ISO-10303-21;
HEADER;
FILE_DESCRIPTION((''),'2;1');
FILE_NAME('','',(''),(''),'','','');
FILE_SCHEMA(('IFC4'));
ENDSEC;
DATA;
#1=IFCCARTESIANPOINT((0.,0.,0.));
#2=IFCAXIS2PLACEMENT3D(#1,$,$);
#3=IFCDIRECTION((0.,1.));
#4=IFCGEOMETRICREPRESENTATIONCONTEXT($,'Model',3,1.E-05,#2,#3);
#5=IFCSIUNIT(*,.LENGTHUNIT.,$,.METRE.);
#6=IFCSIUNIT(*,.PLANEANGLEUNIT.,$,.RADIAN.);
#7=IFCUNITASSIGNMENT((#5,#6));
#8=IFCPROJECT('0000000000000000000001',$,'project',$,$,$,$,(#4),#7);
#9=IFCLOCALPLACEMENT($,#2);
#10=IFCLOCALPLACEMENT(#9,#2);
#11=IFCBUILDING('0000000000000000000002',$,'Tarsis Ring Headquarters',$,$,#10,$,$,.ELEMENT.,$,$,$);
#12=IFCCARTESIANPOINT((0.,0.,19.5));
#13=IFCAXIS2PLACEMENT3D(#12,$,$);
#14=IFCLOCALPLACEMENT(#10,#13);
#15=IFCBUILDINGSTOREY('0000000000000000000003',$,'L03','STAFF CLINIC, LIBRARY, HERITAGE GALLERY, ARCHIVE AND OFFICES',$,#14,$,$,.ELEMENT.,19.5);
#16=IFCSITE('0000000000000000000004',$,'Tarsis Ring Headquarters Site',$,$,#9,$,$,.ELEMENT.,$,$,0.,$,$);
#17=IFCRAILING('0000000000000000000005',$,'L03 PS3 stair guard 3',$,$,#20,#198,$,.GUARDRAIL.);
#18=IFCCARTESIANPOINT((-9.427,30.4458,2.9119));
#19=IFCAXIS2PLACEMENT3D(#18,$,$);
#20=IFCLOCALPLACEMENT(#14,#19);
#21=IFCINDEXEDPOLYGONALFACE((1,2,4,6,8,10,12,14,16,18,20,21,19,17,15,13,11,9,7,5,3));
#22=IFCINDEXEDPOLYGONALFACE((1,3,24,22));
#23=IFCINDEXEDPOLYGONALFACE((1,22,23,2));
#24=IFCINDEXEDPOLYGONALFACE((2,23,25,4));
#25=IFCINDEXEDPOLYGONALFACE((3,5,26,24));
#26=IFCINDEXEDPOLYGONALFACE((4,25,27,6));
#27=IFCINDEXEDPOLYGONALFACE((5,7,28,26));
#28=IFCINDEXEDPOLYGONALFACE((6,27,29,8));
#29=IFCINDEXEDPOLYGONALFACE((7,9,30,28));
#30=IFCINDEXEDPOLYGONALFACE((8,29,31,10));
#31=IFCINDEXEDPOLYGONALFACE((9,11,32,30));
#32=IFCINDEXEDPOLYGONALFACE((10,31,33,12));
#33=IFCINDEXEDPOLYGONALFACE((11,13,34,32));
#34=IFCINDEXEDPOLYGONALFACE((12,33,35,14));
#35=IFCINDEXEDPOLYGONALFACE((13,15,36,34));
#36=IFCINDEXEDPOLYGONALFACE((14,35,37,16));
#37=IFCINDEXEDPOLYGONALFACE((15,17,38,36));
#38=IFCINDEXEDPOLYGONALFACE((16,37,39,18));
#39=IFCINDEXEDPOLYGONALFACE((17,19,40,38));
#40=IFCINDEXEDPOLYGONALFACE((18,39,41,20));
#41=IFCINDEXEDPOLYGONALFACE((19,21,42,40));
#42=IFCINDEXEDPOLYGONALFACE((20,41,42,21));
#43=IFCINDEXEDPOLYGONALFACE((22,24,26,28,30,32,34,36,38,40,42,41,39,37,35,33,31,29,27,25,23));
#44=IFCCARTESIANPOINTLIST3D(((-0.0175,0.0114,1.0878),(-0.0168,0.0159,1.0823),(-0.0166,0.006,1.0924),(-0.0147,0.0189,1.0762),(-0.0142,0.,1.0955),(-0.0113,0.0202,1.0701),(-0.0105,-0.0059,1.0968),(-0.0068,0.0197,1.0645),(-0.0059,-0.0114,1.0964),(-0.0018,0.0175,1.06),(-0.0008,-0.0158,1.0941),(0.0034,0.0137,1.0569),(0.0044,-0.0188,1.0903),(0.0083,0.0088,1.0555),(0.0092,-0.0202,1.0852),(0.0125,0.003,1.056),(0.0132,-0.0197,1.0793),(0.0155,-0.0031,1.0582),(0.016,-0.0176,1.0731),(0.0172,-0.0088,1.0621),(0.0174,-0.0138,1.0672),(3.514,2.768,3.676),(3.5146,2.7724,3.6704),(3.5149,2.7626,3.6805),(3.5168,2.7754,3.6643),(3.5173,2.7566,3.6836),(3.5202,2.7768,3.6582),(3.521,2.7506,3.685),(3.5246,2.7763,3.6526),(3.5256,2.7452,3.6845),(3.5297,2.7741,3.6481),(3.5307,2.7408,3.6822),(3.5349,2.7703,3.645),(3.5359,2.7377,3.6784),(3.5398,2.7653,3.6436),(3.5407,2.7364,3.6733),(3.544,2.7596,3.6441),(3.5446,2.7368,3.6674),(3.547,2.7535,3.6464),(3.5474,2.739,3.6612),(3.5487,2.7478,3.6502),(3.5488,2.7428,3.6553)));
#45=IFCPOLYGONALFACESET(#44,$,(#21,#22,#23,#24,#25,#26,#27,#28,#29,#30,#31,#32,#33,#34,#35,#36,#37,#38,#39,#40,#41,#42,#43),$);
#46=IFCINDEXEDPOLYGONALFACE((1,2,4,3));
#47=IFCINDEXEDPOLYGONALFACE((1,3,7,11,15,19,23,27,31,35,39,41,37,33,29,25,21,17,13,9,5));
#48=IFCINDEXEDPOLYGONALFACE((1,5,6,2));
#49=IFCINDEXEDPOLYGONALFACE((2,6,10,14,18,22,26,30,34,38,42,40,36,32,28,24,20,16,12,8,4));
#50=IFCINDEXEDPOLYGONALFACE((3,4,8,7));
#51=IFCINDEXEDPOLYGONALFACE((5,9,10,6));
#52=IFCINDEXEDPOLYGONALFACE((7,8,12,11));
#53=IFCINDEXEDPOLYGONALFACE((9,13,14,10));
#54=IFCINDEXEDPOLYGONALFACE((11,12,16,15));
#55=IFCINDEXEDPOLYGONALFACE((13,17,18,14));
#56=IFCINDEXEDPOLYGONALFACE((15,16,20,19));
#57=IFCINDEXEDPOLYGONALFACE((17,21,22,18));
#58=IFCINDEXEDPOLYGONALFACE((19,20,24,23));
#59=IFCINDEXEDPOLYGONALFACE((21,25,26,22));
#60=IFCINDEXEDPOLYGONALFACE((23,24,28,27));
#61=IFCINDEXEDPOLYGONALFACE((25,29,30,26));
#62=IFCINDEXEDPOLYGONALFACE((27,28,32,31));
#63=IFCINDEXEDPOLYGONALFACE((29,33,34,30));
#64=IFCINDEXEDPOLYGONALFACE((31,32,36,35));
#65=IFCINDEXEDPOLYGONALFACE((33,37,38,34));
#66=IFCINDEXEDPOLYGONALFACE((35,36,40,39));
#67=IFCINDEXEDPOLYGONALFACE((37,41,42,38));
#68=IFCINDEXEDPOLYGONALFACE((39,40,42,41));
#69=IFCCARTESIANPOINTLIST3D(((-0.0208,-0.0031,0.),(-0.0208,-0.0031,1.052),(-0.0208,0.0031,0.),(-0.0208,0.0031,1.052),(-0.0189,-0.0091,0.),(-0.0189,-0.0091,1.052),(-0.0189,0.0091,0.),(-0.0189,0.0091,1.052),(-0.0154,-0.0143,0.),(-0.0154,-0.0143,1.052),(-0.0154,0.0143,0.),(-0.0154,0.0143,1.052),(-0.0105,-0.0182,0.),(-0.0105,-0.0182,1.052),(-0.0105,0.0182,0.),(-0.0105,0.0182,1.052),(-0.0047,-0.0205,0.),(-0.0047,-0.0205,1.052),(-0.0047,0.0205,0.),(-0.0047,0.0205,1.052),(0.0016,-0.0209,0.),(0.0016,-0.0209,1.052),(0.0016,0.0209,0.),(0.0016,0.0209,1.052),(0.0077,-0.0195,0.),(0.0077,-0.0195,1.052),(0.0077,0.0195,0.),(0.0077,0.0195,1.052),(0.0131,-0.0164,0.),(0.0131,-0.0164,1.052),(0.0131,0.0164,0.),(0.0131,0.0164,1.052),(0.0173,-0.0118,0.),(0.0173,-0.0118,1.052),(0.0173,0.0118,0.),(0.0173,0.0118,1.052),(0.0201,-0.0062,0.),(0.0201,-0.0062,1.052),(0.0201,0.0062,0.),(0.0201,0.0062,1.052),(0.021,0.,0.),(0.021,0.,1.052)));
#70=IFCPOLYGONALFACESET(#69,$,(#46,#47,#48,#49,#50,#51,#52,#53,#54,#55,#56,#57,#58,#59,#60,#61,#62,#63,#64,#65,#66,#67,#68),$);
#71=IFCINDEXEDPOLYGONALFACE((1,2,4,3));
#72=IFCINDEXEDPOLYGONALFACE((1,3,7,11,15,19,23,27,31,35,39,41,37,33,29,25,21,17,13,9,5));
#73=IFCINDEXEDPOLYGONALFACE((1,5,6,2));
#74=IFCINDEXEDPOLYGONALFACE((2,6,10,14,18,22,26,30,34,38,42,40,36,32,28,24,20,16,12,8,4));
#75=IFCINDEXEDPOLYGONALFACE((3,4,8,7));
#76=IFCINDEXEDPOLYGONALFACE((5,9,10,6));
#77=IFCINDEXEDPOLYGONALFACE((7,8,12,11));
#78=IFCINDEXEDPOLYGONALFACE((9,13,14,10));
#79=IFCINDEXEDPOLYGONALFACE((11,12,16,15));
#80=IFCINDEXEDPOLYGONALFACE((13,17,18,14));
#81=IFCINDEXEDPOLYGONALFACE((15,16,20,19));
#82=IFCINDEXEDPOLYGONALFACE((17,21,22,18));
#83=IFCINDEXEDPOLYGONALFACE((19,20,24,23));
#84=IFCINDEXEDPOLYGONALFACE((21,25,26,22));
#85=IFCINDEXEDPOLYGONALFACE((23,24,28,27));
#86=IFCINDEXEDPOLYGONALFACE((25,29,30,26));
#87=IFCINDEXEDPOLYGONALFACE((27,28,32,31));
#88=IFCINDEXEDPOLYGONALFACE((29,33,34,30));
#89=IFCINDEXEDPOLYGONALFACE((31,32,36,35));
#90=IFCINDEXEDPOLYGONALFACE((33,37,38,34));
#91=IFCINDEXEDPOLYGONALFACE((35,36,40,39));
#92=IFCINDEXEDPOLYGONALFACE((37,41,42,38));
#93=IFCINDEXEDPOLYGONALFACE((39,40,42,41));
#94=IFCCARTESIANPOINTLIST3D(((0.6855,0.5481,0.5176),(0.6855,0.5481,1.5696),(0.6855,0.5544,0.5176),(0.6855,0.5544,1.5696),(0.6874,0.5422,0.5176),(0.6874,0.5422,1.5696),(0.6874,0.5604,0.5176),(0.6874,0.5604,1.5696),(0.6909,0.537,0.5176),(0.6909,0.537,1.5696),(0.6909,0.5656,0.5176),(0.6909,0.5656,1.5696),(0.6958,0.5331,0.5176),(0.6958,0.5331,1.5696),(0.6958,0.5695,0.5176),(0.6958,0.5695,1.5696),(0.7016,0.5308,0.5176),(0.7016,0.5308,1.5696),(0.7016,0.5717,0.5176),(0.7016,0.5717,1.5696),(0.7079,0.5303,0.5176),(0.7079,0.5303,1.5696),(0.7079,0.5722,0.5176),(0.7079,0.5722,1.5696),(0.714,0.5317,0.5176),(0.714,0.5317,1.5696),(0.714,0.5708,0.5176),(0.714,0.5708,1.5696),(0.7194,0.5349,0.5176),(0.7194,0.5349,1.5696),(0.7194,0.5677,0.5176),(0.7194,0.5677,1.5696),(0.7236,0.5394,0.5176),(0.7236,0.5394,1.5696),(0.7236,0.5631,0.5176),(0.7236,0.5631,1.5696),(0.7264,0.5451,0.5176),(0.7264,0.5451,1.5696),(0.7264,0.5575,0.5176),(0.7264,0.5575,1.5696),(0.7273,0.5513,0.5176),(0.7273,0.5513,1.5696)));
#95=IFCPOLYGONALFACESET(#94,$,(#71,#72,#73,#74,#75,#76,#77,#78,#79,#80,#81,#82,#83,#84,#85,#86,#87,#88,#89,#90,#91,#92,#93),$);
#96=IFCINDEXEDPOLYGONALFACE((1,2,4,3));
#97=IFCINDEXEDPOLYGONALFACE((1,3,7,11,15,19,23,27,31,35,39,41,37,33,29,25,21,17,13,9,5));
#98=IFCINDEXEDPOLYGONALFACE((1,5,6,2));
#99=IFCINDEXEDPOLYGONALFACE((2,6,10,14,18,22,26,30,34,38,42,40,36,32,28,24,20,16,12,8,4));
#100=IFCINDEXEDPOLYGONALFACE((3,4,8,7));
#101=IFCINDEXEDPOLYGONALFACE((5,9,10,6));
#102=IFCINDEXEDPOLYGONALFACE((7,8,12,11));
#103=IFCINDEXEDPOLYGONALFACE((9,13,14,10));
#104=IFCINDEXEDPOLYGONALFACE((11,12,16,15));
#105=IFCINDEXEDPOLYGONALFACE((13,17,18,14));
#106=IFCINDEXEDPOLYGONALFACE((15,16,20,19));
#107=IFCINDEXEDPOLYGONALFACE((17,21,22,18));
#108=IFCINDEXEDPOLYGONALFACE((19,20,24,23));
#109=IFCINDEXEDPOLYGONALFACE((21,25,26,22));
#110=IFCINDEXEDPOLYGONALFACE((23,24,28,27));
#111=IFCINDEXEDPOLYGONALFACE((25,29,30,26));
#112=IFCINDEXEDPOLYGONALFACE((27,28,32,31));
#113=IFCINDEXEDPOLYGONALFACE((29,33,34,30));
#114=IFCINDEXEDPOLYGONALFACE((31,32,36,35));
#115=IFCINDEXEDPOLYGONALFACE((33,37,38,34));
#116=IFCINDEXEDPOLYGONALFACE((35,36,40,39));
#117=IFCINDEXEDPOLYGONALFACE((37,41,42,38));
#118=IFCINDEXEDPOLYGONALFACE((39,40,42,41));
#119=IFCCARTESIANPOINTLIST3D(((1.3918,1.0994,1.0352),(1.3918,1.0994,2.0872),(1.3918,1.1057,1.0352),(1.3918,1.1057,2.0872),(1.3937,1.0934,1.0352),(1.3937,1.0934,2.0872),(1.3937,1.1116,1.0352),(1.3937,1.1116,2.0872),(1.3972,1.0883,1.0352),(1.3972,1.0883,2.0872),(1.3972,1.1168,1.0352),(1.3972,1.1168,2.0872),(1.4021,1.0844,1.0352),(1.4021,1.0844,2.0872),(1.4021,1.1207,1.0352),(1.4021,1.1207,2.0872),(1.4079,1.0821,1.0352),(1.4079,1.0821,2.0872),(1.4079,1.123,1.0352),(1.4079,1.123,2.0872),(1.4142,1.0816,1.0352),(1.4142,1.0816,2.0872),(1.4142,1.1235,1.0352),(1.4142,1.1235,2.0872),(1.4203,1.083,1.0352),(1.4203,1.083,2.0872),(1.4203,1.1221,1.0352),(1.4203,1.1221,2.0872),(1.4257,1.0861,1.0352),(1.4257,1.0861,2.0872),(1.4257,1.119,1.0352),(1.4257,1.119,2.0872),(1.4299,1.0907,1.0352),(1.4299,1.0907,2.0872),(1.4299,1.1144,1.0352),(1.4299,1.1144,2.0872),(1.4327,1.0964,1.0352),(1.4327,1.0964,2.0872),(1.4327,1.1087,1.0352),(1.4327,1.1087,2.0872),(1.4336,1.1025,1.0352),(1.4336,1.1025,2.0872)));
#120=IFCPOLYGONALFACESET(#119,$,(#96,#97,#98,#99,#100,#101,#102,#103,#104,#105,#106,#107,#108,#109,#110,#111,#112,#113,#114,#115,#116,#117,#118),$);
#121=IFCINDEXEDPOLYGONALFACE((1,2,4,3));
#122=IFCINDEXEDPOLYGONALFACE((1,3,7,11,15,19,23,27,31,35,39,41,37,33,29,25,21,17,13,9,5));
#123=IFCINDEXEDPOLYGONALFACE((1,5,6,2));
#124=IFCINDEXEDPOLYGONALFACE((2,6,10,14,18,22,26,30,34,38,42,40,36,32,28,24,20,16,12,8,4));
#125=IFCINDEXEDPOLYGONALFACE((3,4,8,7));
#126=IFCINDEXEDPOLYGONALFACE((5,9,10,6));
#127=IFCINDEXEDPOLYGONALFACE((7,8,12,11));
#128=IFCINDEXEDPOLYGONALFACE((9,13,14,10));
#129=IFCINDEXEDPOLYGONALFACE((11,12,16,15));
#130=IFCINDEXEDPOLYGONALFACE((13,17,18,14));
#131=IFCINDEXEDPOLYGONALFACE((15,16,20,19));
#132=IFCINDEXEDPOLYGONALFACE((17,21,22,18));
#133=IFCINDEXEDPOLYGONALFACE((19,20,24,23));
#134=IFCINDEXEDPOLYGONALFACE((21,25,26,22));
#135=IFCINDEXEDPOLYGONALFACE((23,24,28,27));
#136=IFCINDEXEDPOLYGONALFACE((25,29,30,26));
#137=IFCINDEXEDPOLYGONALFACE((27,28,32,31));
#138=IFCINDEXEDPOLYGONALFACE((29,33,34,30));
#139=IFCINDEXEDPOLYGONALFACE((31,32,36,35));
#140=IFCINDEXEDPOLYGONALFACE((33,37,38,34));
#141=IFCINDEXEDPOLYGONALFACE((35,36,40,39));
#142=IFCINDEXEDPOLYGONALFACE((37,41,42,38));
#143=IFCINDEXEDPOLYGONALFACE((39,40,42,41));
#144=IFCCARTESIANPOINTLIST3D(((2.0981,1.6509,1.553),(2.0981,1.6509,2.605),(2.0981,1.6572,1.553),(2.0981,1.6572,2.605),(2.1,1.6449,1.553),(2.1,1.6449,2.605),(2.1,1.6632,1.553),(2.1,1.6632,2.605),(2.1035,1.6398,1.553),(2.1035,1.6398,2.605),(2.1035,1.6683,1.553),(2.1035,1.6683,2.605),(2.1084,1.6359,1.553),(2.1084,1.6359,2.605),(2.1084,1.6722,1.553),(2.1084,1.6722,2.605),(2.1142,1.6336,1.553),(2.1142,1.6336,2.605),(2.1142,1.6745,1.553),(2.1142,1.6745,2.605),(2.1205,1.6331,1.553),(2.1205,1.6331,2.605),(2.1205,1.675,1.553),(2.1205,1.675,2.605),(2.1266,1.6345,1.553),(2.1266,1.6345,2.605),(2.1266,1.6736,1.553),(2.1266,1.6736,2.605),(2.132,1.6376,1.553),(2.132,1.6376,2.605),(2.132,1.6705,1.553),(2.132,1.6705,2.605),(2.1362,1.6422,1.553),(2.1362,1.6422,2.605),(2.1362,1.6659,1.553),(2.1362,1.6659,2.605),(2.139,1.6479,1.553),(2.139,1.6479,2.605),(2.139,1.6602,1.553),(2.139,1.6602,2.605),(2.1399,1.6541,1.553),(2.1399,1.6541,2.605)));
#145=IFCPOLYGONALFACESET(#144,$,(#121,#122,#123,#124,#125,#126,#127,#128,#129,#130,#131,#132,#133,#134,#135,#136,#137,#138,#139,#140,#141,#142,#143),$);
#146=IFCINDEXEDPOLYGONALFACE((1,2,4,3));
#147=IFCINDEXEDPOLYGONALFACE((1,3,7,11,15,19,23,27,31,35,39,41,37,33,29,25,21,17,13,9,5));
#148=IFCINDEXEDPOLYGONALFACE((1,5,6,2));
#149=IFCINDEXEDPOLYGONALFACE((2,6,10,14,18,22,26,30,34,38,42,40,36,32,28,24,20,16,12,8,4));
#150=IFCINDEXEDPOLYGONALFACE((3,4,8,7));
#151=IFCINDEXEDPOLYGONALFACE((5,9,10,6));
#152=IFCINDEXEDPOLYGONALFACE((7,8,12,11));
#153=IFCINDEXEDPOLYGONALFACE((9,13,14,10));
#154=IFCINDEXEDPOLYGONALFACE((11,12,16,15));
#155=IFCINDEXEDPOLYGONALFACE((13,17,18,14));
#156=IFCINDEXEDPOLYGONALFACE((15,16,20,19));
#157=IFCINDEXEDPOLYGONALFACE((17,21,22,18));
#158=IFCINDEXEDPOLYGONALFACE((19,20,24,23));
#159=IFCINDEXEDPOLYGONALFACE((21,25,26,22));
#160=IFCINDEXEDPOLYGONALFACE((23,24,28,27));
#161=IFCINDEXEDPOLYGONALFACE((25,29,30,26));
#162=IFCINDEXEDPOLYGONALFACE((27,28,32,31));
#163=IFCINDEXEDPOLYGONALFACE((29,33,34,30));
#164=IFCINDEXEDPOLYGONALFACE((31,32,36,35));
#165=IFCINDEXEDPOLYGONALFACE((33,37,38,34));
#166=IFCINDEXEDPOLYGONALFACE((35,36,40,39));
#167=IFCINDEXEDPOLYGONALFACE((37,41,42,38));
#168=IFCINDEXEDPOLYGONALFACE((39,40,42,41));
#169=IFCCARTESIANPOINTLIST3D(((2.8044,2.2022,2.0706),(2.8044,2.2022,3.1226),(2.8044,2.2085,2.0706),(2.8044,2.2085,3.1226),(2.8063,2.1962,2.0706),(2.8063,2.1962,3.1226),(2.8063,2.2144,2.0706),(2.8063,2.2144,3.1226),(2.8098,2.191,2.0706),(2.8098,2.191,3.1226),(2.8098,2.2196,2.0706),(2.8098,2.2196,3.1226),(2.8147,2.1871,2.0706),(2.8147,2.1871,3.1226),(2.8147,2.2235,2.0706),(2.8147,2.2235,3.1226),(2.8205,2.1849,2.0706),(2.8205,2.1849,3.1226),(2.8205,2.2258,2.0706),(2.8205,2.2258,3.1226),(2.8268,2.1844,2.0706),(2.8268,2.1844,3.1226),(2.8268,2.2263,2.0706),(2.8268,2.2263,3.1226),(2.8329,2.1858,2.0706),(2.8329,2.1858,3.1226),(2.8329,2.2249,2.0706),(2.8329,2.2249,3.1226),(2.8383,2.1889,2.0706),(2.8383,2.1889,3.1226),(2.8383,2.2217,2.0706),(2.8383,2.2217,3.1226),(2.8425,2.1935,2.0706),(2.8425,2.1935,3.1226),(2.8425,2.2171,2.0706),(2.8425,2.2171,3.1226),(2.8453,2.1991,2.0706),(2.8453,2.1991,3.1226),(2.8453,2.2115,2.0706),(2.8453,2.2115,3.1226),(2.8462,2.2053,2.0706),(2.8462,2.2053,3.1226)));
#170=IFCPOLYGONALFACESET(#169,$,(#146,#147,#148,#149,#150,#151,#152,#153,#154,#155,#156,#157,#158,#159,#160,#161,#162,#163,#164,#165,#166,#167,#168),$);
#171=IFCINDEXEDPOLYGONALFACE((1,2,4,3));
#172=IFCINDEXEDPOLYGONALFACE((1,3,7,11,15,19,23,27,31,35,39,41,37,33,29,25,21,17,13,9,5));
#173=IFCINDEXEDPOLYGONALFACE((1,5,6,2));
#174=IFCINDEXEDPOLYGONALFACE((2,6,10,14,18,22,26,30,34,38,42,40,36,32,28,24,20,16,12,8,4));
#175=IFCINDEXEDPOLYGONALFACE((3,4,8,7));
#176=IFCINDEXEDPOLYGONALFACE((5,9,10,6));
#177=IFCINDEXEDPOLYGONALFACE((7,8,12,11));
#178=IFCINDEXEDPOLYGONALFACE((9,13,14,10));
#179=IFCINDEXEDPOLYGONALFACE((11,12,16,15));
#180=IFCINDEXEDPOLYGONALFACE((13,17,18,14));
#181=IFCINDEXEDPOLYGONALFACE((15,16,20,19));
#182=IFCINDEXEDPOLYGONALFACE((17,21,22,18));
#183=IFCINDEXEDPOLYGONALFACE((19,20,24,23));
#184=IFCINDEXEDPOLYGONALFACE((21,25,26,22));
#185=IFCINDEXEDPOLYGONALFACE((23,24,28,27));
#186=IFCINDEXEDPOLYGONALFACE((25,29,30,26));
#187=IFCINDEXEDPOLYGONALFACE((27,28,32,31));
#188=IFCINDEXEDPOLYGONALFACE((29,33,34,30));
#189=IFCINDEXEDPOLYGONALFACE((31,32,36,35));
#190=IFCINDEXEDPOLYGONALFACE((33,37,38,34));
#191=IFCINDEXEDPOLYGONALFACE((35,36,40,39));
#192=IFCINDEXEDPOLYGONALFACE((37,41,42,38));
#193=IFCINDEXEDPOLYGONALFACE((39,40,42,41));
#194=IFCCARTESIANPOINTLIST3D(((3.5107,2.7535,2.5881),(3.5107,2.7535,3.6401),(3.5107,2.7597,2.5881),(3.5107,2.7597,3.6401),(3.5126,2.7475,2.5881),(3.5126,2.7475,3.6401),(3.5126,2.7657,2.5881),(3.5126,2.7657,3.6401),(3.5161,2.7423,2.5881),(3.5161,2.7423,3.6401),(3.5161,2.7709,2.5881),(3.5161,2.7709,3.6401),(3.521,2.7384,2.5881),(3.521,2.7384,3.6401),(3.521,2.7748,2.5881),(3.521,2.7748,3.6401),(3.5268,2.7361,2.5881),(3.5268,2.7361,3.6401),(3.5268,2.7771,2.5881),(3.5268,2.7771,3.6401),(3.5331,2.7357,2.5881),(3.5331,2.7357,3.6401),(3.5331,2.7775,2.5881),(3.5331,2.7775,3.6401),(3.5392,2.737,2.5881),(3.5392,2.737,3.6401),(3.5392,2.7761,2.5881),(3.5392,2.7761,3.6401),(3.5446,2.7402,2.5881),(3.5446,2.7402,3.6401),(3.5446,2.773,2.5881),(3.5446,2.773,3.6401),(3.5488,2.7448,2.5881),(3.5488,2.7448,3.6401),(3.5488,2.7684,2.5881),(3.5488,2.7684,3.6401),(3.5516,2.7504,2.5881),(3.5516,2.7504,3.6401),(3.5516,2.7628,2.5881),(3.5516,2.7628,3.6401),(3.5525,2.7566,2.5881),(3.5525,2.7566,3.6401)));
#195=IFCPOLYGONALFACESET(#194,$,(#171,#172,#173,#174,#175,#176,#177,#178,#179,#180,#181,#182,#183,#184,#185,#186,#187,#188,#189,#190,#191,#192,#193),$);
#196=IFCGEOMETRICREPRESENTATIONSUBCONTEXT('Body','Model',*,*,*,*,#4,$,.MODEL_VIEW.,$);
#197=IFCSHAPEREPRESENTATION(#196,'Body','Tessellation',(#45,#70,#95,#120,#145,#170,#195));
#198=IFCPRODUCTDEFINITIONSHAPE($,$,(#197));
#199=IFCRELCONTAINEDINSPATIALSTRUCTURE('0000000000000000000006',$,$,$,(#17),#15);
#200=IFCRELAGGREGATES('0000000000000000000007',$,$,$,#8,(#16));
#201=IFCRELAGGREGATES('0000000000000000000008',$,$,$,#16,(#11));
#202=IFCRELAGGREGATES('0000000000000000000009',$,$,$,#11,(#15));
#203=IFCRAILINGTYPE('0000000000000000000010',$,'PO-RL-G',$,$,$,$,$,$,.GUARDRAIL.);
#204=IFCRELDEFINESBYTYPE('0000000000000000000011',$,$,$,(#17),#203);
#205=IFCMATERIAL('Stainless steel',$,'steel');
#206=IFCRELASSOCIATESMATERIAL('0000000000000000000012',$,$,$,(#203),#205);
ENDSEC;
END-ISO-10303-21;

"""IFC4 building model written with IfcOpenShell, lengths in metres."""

from ifc_helpers import new_model, si_unit, direction, frame, origin, origin_2d, place, context, subcontext, project, spatial, circle, extrude, material, type_object, element, save


model = new_model("IFC4")

# Units and contexts
model_context = context("Model", 3, precision=1e-05, world=origin(), true_north=direction((0.0, 1.0)))
body_context = subcontext(model_context, "Body", "Model", "MODEL_VIEW")
ifc_project = project(units=[si_unit("LENGTHUNIT", "METRE"), si_unit("PLANEANGLEUNIT", "RADIAN")], contexts=[model_context])

# Site, building, storey
site_placement = place(None, origin())
site = spatial("IfcSite", under=ifc_project, at=site_placement, Name="Tarsis Ring Headquarters Site", CompositionType="ELEMENT", RefElevation=0.0)
building_placement = place(site_placement, origin())
building = spatial("IfcBuilding", under=site, at=building_placement, Name="Tarsis Ring Headquarters", CompositionType="ELEMENT")
storey_placement = place(building_placement, frame((0.0, 0.0, 19.5)))
storey = spatial("IfcBuildingStorey", under=building, at=storey_placement, Name="L03", Description="STAFF CLINIC, LIBRARY, HERITAGE GALLERY, ARCHIVE AND OFFICES", CompositionType="ELEMENT", Elevation=19.5)

# Railing
ifc_material_1 = material(Name="Stainless steel", Category="steel")
railing_type_1 = type_object("IfcRailingType", Name="PO-RL-G", PredefinedType="GUARDRAIL", material=ifc_material_1)
railing_1_placement = place(storey_placement, frame((-9.427, 30.4458, 2.9119)))
element("IfcRailing", 1, at=railing_1_placement, inside=storey, type_object=railing_type_1, Name="L03 PS3 stair guard 3", PredefinedType="GUARDRAIL", context=body_context, shape_type="SweptSolid", body=[
    extrude(circle(Radius=0.0239, at=origin_2d()), frame((0.0, 0.0, 1.0762), z_axis=(0.682566, 0.532793, 0.500234), x_axis=(-0.615313, 0.788283, 0.0)), (0.0, 0.0, 1.0), 5.1738),
    extrude(circle(Radius=0.021, at=origin_2d()), origin(), (0.0, 0.0, 1.0), 1.052),
    extrude(circle(Radius=0.021, at=origin_2d()), frame((0.7063, 0.5513, 0.5176)), (0.0, 0.0, 1.0), 1.052),
    extrude(circle(Radius=0.021, at=origin_2d()), frame((1.4126, 1.1025, 1.0352)), (0.0, 0.0, 1.0), 1.052),
    extrude(circle(Radius=0.021, at=origin_2d()), frame((2.1189, 1.6541, 1.553)), (0.0, 0.0, 1.0), 1.052),
    extrude(circle(Radius=0.021, at=origin_2d()), frame((2.8252, 2.2053, 2.0706)), (0.0, 0.0, 1.0), 1.052),
    extrude(circle(Radius=0.021, at=origin_2d()), frame((3.5315, 2.7566, 2.5881)), (0.0, 0.0, 1.0), 1.052),
])

save(model, "model.ifc")
